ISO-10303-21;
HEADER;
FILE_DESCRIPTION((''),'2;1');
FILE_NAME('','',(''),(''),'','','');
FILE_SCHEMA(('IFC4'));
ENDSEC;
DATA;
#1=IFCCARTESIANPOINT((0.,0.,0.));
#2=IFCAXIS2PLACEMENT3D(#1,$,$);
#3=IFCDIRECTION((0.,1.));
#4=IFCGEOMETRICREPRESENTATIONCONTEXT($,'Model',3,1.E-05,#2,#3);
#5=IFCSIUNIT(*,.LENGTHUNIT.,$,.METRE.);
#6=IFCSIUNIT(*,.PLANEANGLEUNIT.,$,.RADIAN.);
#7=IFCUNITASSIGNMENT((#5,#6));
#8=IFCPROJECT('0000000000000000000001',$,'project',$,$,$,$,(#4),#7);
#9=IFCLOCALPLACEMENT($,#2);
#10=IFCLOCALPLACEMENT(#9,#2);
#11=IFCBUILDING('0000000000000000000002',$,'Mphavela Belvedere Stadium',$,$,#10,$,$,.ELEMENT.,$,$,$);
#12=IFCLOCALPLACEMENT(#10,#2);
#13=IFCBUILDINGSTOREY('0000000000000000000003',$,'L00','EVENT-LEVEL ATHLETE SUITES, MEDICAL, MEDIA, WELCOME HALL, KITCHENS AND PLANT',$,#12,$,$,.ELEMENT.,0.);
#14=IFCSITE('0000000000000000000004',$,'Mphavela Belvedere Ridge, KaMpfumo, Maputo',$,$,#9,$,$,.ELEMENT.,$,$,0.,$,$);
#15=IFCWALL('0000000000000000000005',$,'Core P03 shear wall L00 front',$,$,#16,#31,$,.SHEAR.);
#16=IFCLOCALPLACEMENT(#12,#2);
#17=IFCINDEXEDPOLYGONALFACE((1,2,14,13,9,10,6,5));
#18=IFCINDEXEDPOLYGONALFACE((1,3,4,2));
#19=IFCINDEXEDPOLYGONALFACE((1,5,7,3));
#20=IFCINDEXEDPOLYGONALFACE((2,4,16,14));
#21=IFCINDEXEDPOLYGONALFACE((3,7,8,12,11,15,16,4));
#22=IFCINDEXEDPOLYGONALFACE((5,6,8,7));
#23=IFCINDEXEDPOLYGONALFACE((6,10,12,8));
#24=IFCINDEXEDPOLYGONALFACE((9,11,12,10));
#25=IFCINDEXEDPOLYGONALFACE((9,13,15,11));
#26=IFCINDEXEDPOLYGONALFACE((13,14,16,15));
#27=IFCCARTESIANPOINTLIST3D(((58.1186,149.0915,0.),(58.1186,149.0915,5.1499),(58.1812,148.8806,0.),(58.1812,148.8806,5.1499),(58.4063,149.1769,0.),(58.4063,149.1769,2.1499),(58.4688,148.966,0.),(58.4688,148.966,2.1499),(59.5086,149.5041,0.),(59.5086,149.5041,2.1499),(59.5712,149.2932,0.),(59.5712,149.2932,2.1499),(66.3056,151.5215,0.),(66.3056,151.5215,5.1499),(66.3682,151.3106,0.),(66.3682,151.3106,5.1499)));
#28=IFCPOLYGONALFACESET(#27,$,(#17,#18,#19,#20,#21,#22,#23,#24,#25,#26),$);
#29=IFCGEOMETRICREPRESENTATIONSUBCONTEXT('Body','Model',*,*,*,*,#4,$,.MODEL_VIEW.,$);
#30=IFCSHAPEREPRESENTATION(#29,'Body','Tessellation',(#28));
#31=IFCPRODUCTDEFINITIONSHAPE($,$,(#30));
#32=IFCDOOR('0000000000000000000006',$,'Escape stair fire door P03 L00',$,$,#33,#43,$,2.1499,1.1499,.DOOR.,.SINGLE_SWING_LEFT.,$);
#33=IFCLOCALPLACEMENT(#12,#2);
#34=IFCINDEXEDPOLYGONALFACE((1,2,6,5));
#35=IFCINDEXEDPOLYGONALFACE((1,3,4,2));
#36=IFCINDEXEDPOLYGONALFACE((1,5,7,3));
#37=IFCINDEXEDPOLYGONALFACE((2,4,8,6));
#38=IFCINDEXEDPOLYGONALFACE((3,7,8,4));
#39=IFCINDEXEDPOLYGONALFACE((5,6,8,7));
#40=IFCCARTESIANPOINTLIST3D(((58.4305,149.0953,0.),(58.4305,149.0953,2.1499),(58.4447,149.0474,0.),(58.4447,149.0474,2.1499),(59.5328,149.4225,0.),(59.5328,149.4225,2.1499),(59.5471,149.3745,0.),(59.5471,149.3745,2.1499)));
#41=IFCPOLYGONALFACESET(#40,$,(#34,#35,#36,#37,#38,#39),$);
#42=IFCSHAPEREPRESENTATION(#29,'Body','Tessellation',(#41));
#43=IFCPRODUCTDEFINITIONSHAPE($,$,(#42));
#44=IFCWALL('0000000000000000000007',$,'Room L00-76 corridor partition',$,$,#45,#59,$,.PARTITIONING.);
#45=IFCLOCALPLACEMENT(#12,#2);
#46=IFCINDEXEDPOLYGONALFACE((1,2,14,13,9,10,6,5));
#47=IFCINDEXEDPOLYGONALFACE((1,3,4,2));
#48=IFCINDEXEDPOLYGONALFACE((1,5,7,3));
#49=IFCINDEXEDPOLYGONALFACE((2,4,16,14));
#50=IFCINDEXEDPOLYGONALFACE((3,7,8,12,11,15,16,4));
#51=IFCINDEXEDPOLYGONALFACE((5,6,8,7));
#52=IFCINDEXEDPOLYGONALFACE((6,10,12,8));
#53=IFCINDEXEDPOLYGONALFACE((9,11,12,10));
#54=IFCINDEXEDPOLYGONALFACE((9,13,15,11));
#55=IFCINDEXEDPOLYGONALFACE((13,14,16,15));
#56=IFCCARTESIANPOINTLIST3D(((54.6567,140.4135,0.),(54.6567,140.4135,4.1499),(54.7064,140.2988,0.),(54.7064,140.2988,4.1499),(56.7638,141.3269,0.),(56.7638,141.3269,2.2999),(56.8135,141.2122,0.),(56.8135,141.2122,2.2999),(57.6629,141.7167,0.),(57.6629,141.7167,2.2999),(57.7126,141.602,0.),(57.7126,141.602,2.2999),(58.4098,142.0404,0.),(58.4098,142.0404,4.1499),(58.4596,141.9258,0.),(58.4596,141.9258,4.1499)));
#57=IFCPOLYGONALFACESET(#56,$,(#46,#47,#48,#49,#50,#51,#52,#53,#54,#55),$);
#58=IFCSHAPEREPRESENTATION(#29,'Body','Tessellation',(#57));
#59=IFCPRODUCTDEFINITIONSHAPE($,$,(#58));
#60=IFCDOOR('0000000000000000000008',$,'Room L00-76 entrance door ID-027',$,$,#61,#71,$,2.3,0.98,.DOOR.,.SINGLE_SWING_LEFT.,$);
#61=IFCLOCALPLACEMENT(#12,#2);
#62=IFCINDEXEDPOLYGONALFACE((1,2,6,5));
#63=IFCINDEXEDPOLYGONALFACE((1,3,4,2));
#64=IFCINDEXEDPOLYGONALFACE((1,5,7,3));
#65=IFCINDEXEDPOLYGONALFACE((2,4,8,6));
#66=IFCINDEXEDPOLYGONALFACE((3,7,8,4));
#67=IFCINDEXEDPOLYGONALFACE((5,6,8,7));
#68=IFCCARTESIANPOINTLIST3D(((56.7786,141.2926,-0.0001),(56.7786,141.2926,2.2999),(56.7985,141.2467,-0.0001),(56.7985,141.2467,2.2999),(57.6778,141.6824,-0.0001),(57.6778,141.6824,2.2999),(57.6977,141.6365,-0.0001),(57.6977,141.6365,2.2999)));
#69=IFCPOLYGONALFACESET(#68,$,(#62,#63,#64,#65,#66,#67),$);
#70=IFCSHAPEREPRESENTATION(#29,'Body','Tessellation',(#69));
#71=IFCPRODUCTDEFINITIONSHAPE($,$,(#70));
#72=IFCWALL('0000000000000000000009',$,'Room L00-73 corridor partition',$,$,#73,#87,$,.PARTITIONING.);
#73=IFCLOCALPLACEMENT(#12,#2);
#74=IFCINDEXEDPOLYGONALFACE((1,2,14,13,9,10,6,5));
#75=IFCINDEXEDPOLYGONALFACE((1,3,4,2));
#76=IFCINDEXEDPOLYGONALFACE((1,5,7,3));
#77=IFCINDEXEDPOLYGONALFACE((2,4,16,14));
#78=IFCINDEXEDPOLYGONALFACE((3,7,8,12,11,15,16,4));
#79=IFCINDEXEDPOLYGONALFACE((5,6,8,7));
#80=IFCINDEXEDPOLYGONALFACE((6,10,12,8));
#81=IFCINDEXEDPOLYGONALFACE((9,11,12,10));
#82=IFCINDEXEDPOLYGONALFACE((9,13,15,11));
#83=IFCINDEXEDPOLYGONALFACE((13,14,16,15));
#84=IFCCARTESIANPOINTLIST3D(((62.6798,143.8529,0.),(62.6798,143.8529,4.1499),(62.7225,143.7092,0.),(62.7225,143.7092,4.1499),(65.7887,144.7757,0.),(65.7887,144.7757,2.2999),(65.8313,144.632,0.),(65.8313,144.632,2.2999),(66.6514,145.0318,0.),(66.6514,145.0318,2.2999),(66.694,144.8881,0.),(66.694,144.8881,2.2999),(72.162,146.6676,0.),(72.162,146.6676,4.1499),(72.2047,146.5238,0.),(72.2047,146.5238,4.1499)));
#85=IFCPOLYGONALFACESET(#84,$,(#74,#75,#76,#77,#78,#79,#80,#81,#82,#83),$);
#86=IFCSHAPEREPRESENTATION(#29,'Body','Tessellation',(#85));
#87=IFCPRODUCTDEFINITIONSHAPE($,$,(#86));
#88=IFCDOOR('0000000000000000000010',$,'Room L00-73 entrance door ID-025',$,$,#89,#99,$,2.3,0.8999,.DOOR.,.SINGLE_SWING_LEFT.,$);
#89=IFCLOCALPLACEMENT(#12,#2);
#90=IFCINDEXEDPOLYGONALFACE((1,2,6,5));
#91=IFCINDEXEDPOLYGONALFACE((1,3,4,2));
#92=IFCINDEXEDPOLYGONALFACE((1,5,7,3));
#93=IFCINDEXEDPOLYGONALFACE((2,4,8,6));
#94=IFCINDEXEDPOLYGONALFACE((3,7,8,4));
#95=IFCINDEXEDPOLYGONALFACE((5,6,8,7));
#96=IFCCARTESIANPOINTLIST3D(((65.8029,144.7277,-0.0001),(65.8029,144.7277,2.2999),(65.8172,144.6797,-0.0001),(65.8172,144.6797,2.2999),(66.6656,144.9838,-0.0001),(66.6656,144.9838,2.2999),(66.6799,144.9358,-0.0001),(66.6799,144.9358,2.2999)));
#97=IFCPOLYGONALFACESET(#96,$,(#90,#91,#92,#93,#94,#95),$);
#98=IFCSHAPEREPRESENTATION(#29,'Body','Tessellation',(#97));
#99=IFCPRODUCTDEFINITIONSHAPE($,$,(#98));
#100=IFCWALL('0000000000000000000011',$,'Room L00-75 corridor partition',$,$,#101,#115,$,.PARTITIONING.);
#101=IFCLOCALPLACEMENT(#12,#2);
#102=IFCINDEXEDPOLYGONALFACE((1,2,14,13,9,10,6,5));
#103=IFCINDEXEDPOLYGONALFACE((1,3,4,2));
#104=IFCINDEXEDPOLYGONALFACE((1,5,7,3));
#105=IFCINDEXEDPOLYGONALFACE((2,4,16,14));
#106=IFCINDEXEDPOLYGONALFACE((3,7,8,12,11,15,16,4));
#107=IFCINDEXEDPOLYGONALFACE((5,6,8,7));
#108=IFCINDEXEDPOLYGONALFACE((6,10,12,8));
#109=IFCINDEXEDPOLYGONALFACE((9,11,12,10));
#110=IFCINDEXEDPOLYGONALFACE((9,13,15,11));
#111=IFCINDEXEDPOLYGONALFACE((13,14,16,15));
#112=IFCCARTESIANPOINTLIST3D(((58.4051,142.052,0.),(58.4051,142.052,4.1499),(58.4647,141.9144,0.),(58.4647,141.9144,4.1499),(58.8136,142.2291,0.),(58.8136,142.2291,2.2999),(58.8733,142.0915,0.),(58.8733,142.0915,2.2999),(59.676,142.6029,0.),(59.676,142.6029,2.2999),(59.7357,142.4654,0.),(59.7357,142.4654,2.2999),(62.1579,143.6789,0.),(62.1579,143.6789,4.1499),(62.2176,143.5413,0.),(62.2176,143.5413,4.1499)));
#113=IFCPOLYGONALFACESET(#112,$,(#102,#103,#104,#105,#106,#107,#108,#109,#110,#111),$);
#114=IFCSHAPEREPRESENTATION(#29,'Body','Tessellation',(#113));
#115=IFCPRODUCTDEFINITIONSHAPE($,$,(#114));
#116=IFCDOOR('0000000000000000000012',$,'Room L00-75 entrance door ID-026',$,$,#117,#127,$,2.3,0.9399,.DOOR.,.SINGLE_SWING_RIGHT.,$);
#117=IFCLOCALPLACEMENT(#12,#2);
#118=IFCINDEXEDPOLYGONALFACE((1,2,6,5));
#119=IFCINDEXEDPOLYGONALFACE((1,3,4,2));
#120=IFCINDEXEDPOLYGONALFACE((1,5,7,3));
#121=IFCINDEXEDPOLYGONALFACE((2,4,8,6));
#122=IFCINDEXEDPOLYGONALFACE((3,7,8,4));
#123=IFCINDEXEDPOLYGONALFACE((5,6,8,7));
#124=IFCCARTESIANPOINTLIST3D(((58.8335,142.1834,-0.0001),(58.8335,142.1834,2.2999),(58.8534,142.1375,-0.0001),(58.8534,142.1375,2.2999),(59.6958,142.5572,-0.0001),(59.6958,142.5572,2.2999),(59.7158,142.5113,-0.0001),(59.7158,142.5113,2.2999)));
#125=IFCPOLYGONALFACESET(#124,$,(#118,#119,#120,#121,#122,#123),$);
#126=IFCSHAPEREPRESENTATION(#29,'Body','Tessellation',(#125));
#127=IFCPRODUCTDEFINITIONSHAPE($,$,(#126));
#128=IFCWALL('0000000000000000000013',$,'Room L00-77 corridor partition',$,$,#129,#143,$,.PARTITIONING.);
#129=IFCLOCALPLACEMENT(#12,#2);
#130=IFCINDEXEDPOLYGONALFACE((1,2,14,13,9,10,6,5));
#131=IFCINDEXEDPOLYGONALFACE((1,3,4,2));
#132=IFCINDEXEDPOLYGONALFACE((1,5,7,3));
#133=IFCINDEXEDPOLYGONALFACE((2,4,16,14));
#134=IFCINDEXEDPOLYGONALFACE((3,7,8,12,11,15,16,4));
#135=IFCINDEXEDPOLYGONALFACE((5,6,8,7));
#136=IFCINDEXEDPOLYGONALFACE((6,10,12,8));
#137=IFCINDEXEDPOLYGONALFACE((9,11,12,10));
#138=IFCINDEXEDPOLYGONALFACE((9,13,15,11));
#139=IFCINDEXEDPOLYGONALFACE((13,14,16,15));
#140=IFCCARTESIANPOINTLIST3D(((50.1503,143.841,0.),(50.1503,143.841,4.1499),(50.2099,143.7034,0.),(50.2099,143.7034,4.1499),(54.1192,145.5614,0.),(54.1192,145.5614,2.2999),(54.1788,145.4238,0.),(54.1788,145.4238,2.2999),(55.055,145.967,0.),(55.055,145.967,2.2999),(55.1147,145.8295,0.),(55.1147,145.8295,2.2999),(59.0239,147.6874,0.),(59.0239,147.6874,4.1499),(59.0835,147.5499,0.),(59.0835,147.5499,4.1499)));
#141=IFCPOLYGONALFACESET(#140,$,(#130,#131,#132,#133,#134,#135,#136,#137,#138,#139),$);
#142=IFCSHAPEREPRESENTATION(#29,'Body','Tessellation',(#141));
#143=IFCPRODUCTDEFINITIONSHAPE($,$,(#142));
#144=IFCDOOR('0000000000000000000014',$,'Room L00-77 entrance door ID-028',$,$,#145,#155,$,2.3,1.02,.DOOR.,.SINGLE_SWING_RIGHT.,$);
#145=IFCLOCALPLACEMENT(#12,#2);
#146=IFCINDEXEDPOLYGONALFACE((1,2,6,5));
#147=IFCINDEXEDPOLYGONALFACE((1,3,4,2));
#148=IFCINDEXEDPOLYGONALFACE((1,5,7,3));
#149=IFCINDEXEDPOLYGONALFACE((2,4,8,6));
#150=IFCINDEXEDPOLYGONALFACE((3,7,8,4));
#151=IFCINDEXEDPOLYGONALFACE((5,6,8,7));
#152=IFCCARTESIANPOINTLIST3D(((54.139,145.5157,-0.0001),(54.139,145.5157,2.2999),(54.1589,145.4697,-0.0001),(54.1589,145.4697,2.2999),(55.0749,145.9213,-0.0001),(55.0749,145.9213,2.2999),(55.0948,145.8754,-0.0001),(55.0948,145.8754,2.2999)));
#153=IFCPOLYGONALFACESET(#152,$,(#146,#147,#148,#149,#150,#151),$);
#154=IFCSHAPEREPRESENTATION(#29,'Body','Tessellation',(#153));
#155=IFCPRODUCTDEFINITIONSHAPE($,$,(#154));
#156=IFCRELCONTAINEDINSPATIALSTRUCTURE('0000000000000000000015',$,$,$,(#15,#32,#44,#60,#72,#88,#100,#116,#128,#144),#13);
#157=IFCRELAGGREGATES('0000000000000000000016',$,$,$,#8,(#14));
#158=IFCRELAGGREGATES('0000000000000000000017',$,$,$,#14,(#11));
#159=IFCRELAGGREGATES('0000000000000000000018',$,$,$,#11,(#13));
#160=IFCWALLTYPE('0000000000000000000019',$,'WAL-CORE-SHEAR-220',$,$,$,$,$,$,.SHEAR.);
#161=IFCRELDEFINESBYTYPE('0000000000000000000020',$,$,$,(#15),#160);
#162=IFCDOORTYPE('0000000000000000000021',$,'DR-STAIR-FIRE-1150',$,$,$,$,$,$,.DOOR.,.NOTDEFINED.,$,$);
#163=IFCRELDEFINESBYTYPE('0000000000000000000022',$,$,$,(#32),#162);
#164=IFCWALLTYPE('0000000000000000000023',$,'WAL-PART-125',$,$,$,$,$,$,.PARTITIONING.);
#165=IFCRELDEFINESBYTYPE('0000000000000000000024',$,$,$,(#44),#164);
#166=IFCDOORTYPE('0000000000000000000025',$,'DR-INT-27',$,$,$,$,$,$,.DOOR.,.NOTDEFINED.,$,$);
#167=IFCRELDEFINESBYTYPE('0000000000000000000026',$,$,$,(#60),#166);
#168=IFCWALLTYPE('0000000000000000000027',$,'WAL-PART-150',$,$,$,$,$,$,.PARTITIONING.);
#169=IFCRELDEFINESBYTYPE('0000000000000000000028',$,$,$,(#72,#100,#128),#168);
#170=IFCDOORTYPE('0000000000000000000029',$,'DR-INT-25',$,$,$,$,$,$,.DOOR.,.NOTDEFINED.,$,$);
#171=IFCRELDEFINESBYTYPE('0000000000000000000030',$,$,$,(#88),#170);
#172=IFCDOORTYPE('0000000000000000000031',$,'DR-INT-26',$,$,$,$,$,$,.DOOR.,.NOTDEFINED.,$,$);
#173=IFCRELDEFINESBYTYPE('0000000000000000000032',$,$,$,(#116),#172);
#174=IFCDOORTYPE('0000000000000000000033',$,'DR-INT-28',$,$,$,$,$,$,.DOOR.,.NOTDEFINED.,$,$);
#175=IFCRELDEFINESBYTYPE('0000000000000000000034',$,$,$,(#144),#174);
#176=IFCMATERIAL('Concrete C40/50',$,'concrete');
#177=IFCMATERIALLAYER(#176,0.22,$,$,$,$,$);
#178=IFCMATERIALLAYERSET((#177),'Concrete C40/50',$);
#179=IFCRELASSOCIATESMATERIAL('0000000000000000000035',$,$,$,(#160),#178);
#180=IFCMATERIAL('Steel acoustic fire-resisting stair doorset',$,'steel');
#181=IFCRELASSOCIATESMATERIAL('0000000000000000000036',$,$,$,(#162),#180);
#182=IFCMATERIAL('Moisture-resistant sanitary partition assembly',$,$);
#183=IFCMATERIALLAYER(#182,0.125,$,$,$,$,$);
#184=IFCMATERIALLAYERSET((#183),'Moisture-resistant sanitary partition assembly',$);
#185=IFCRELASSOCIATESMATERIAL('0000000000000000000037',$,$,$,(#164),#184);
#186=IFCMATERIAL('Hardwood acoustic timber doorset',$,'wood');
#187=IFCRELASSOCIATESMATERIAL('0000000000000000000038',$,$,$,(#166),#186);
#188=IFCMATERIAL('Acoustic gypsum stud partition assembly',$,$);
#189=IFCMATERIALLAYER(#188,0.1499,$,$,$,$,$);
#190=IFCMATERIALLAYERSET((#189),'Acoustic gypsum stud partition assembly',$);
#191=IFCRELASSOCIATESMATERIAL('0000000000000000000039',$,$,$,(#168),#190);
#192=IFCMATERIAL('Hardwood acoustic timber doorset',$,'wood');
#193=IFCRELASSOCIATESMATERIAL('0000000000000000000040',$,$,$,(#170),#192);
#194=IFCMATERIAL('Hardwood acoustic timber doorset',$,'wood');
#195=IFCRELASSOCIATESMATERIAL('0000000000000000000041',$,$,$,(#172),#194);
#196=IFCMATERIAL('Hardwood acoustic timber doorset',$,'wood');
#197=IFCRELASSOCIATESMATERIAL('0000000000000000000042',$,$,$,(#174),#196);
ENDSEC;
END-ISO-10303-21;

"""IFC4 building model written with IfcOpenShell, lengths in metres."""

from ifc_helpers import new_model, si_unit, direction, frame, frame_2d, origin, place, context, subcontext, project, spatial, rectangle, extrude, material, layer, layer_set, type_object, element, fill, save


model = new_model("IFC4")

# Units and contexts
model_context = context("Model", 3, precision=1e-05, world=origin(), true_north=direction((0.0, 1.0)))
body_context = subcontext(model_context, "Body", "Model", "MODEL_VIEW")
ifc_project = project(units=[si_unit("LENGTHUNIT", "METRE"), si_unit("PLANEANGLEUNIT", "RADIAN")], contexts=[model_context])

# Site, building, storey
site_placement = place(None, origin())
site = spatial("IfcSite", under=ifc_project, at=site_placement, Name="Mphavela Belvedere Ridge, KaMpfumo, Maputo", CompositionType="ELEMENT", RefElevation=0.0)
building_placement = place(site_placement, origin())
building = spatial("IfcBuilding", under=site, at=building_placement, Name="Mphavela Belvedere Stadium", CompositionType="ELEMENT")
storey_placement = place(building_placement, origin())
storey = spatial("IfcBuildingStorey", under=building, at=storey_placement, Name="L00", Description="EVENT-LEVEL ATHLETE SUITES, MEDICAL, MEDIA, WELCOME HALL, KITCHENS AND PLANT", CompositionType="ELEMENT", Elevation=0.0)

# Shared definitions
ifc_material_1 = material(Name="Concrete C40/50", Category="concrete")
ifc_layer_1 = layer(ifc_material_1, 0.22)
ifc_layer_set_1 = layer_set([ifc_layer_1], Name="Concrete C40/50")
wall_type_1 = type_object("IfcWallType", Name="WAL-CORE-SHEAR-220", PredefinedType="SHEAR", material=ifc_layer_set_1)

# Walls, openings, doors
wall_1_placement = place(storey_placement, frame((58.1499, 148.9861, 0.0), z_axis=(0.0, 0.0, 1.0), x_axis=(0.958666, 0.284535, 0.0)))
wall_1 = element("IfcWall", 1, at=wall_1_placement, inside=storey, type_object=wall_type_1, Name="Core P03 shear wall L00 front", PredefinedType="SHEAR", context=body_context, shape_type="SweptSolid", body=[
    extrude(rectangle(XDim=8.54, YDim=0.22, at=frame_2d((4.27, 0.0))), origin(), (0.0, 0.0, 1.0), 5.1499),
])
opening_1_placement = place(wall_1_placement, frame((0.3, 0.0, 0.0)))
opening_1 = element("IfcOpeningElement", 2, at=opening_1_placement, cuts=wall_1, PredefinedType="OPENING", context=body_context, shape_type="SweptSolid", body=[
    extrude(rectangle(XDim=1.1499, YDim=2.1499, at=frame_2d((0.575, 1.075))), frame((0.0, 0.1201, 0.0), z_axis=(0.0, -1.0, 0.0), x_axis=(1.0, 0.0, 0.0)), (0.0, 0.0, 1.0), 0.24),
])
ifc_material_2 = material(Name="Steel acoustic fire-resisting stair doorset", Category="steel")
door_type_1 = type_object("IfcDoorType", Name="DR-STAIR-FIRE-1150", OperationType="NOTDEFINED", PredefinedType="DOOR", material=ifc_material_2)
door_1_placement = place(opening_1_placement, origin())
door_1 = element("IfcDoor", 3, at=door_1_placement, inside=storey, type_object=door_type_1, Name="Escape stair fire door P03 L00", OperationType="SINGLE_SWING_LEFT", OverallHeight=2.1499, OverallWidth=1.1499, PredefinedType="DOOR", context=body_context, shape_type="SweptSolid", body=[
    extrude(rectangle(XDim=1.1499, YDim=2.1499, at=frame_2d((0.575, 1.075))), frame((0.0, 0.0249, 0.0), z_axis=(0.0, -1.0, 0.0), x_axis=(1.0, 0.0, 0.0)), (0.0, 0.0, 1.0), 0.05),
])
fill(opening_1, door_1)
ifc_material_3 = material(Name="Moisture-resistant sanitary partition assembly")
ifc_layer_2 = layer(ifc_material_3, 0.125)
ifc_layer_set_2 = layer_set([ifc_layer_2], Name="Moisture-resistant sanitary partition assembly")
wall_type_2 = type_object("IfcWallType", Name="WAL-PART-125", PredefinedType="PARTITIONING", material=ifc_layer_set_2)
wall_2_placement = place(storey_placement, frame((58.4348, 141.9832, 0.0), z_axis=(0.0, 0.0, 1.0), x_axis=(-0.917504, -0.397726, 0.0)))
wall_2 = element("IfcWall", 4, at=wall_2_placement, inside=storey, type_object=wall_type_2, Name="Room L00-76 corridor partition", PredefinedType="PARTITIONING", context=body_context, shape_type="SweptSolid", body=[
    extrude(rectangle(XDim=4.0906, YDim=0.125, at=frame_2d((2.0454, 0.0))), origin(), (0.0, 0.0, 1.0), 4.1499),
])
opening_2_placement = place(wall_2_placement, frame((0.8142, 0.0, 0.0)))
opening_2 = element("IfcOpeningElement", 5, at=opening_2_placement, cuts=wall_2, PredefinedType="OPENING", context=body_context, shape_type="SweptSolid", body=[
    extrude(rectangle(XDim=0.98, YDim=2.3, at=frame_2d((0.49, 1.1499))), frame((0.0, 0.0725, 0.0), z_axis=(0.0, -1.0, 0.0), x_axis=(1.0, 0.0, 0.0)), (0.0, 0.0, 1.0), 0.145),
])
ifc_material_4 = material(Name="Hardwood acoustic timber doorset", Category="wood")
door_type_2 = type_object("IfcDoorType", Name="DR-INT-27", OperationType="NOTDEFINED", PredefinedType="DOOR", material=ifc_material_4)
door_2_placement = place(opening_2_placement, origin())
door_2 = element("IfcDoor", 6, at=door_2_placement, inside=storey, type_object=door_type_2, Name="Room L00-76 entrance door ID-027", OperationType="SINGLE_SWING_LEFT", OverallHeight=2.3, OverallWidth=0.98, PredefinedType="DOOR", context=body_context, shape_type="SweptSolid", body=[
    extrude(rectangle(XDim=0.98, YDim=2.3, at=frame_2d((0.49, 1.1499))), frame((0.0, 0.0249, 0.0), z_axis=(0.0, -1.0, 0.0), x_axis=(1.0, 0.0, 0.0)), (0.0, 0.0, 1.0), 0.05),
])
fill(opening_2, door_2)
ifc_material_5 = material(Name="Acoustic gypsum stud partition assembly")
ifc_layer_3 = layer(ifc_material_5, 0.1499)
ifc_layer_set_3 = layer_set([ifc_layer_3], Name="Acoustic gypsum stud partition assembly")
wall_type_3 = type_object("IfcWallType", Name="WAL-PART-150", PredefinedType="PARTITIONING", material=ifc_layer_set_3)
wall_3_placement = place(storey_placement, frame((62.7012, 143.781, 0.0), z_axis=(0.0, 0.0, 1.0), x_axis=(0.958656, 0.284568, 0.0)))
wall_3 = element("IfcWall", 7, at=wall_3_placement, inside=storey, type_object=wall_type_3, Name="Room L00-73 corridor partition", PredefinedType="PARTITIONING", context=body_context, shape_type="SweptSolid", body=[
    extrude(rectangle(XDim=9.8911, YDim=0.1499, at=frame_2d((4.9456, 0.0))), origin(), (0.0, 0.0, 1.0), 4.1499),
])
opening_3_placement = place(wall_3_placement, frame((3.2429, 0.0, 0.0)))
opening_3 = element("IfcOpeningElement", 8, at=opening_3_placement, cuts=wall_3, PredefinedType="OPENING", context=body_context, shape_type="SweptSolid", body=[
    extrude(rectangle(XDim=0.8999, YDim=2.3, at=frame_2d((0.45, 1.1499))), frame((0.0, 0.085, 0.0), z_axis=(0.0, -1.0, 0.0), x_axis=(1.0, 0.0, 0.0)), (0.0, 0.0, 1.0), 0.1699),
])
ifc_material_6 = material(Name="Hardwood acoustic timber doorset", Category="wood")
door_type_3 = type_object("IfcDoorType", Name="DR-INT-25", OperationType="NOTDEFINED", PredefinedType="DOOR", material=ifc_material_6)
door_3_placement = place(opening_3_placement, origin())
door_3 = element("IfcDoor", 9, at=door_3_placement, inside=storey, type_object=door_type_3, Name="Room L00-73 entrance door ID-025", OperationType="SINGLE_SWING_LEFT", OverallHeight=2.3, OverallWidth=0.8999, PredefinedType="DOOR", context=body_context, shape_type="SweptSolid", body=[
    extrude(rectangle(XDim=0.8999, YDim=2.3, at=frame_2d((0.45, 1.1499))), frame((0.0, 0.0249, 0.0), z_axis=(0.0, -1.0, 0.0), x_axis=(1.0, 0.0, 0.0)), (0.0, 0.0, 1.0), 0.05),
])
fill(opening_3, door_3)
wall_4_placement = place(storey_placement, frame((62.1877, 143.6101, 0.0), z_axis=(0.0, 0.0, 1.0), x_axis=(-0.917495, -0.397748, 0.0)))
wall_4 = element("IfcWall", 10, at=wall_4_placement, inside=storey, type_object=wall_type_3, Name="Room L00-75 corridor partition", PredefinedType="PARTITIONING", context=body_context, shape_type="SweptSolid", body=[
    extrude(rectangle(XDim=4.0903, YDim=0.1499, at=frame_2d((2.0452, 0.0))), origin(), (0.0, 0.0, 1.0), 4.1499),
])
opening_4_placement = place(wall_4_placement, frame((2.7051, 0.0, 0.0)))
opening_4 = element("IfcOpeningElement", 11, at=opening_4_placement, cuts=wall_4, PredefinedType="OPENING", context=body_context, shape_type="SweptSolid", body=[
    extrude(rectangle(XDim=0.9399, YDim=2.3, at=frame_2d((0.47, 1.1499))), frame((0.0, 0.085, 0.0), z_axis=(0.0, -1.0, 0.0), x_axis=(1.0, 0.0, 0.0)), (0.0, 0.0, 1.0), 0.1699),
])
ifc_material_7 = material(Name="Hardwood acoustic timber doorset", Category="wood")
door_type_4 = type_object("IfcDoorType", Name="DR-INT-26", OperationType="NOTDEFINED", PredefinedType="DOOR", material=ifc_material_7)
door_4_placement = place(opening_4_placement, origin())
door_4 = element("IfcDoor", 12, at=door_4_placement, inside=storey, type_object=door_type_4, Name="Room L00-75 entrance door ID-026", OperationType="SINGLE_SWING_RIGHT", OverallHeight=2.3, OverallWidth=0.9399, PredefinedType="DOOR", context=body_context, shape_type="SweptSolid", body=[
    extrude(rectangle(XDim=0.9399, YDim=2.3, at=frame_2d((0.47, 1.1499))), frame((0.0, 0.0249, 0.0), z_axis=(0.0, -1.0, 0.0), x_axis=(1.0, 0.0, 0.0)), (0.0, 0.0, 1.0), 0.05),
])
fill(opening_4, door_4)
wall_5_placement = place(storey_placement, frame((59.0537, 147.6187, 0.0), z_axis=(0.0, 0.0, 1.0), x_axis=(-0.917509, -0.397715, 0.0)))
wall_5 = element("IfcWall", 13, at=wall_5_placement, inside=storey, type_object=wall_type_3, Name="Room L00-77 corridor partition", PredefinedType="PARTITIONING", context=body_context, shape_type="SweptSolid", body=[
    extrude(rectangle(XDim=9.6714, YDim=0.1499, at=frame_2d((4.8357, 0.0))), origin(), (0.0, 0.0, 1.0), 4.1499),
])
opening_5_placement = place(wall_5_placement, frame((4.3257, 0.0, 0.0)))
opening_5 = element("IfcOpeningElement", 14, at=opening_5_placement, cuts=wall_5, PredefinedType="OPENING", context=body_context, shape_type="SweptSolid", body=[
    extrude(rectangle(XDim=1.02, YDim=2.3, at=frame_2d((0.51, 1.1499))), frame((0.0, 0.085, 0.0), z_axis=(0.0, -1.0, 0.0), x_axis=(1.0, 0.0, 0.0)), (0.0, 0.0, 1.0), 0.1699),
])
ifc_material_8 = material(Name="Hardwood acoustic timber doorset", Category="wood")
door_type_5 = type_object("IfcDoorType", Name="DR-INT-28", OperationType="NOTDEFINED", PredefinedType="DOOR", material=ifc_material_8)
door_5_placement = place(opening_5_placement, origin())
door_5 = element("IfcDoor", 15, at=door_5_placement, inside=storey, type_object=door_type_5, Name="Room L00-77 entrance door ID-028", OperationType="SINGLE_SWING_RIGHT", OverallHeight=2.3, OverallWidth=1.02, PredefinedType="DOOR", context=body_context, shape_type="SweptSolid", body=[
    extrude(rectangle(XDim=1.02, YDim=2.3, at=frame_2d((0.51, 1.1499))), frame((0.0, 0.0249, 0.0), z_axis=(0.0, -1.0, 0.0), x_axis=(1.0, 0.0, 0.0)), (0.0, 0.0, 1.0), 0.05),
])
fill(opening_5, door_5)

save(model, "model.ifc")
